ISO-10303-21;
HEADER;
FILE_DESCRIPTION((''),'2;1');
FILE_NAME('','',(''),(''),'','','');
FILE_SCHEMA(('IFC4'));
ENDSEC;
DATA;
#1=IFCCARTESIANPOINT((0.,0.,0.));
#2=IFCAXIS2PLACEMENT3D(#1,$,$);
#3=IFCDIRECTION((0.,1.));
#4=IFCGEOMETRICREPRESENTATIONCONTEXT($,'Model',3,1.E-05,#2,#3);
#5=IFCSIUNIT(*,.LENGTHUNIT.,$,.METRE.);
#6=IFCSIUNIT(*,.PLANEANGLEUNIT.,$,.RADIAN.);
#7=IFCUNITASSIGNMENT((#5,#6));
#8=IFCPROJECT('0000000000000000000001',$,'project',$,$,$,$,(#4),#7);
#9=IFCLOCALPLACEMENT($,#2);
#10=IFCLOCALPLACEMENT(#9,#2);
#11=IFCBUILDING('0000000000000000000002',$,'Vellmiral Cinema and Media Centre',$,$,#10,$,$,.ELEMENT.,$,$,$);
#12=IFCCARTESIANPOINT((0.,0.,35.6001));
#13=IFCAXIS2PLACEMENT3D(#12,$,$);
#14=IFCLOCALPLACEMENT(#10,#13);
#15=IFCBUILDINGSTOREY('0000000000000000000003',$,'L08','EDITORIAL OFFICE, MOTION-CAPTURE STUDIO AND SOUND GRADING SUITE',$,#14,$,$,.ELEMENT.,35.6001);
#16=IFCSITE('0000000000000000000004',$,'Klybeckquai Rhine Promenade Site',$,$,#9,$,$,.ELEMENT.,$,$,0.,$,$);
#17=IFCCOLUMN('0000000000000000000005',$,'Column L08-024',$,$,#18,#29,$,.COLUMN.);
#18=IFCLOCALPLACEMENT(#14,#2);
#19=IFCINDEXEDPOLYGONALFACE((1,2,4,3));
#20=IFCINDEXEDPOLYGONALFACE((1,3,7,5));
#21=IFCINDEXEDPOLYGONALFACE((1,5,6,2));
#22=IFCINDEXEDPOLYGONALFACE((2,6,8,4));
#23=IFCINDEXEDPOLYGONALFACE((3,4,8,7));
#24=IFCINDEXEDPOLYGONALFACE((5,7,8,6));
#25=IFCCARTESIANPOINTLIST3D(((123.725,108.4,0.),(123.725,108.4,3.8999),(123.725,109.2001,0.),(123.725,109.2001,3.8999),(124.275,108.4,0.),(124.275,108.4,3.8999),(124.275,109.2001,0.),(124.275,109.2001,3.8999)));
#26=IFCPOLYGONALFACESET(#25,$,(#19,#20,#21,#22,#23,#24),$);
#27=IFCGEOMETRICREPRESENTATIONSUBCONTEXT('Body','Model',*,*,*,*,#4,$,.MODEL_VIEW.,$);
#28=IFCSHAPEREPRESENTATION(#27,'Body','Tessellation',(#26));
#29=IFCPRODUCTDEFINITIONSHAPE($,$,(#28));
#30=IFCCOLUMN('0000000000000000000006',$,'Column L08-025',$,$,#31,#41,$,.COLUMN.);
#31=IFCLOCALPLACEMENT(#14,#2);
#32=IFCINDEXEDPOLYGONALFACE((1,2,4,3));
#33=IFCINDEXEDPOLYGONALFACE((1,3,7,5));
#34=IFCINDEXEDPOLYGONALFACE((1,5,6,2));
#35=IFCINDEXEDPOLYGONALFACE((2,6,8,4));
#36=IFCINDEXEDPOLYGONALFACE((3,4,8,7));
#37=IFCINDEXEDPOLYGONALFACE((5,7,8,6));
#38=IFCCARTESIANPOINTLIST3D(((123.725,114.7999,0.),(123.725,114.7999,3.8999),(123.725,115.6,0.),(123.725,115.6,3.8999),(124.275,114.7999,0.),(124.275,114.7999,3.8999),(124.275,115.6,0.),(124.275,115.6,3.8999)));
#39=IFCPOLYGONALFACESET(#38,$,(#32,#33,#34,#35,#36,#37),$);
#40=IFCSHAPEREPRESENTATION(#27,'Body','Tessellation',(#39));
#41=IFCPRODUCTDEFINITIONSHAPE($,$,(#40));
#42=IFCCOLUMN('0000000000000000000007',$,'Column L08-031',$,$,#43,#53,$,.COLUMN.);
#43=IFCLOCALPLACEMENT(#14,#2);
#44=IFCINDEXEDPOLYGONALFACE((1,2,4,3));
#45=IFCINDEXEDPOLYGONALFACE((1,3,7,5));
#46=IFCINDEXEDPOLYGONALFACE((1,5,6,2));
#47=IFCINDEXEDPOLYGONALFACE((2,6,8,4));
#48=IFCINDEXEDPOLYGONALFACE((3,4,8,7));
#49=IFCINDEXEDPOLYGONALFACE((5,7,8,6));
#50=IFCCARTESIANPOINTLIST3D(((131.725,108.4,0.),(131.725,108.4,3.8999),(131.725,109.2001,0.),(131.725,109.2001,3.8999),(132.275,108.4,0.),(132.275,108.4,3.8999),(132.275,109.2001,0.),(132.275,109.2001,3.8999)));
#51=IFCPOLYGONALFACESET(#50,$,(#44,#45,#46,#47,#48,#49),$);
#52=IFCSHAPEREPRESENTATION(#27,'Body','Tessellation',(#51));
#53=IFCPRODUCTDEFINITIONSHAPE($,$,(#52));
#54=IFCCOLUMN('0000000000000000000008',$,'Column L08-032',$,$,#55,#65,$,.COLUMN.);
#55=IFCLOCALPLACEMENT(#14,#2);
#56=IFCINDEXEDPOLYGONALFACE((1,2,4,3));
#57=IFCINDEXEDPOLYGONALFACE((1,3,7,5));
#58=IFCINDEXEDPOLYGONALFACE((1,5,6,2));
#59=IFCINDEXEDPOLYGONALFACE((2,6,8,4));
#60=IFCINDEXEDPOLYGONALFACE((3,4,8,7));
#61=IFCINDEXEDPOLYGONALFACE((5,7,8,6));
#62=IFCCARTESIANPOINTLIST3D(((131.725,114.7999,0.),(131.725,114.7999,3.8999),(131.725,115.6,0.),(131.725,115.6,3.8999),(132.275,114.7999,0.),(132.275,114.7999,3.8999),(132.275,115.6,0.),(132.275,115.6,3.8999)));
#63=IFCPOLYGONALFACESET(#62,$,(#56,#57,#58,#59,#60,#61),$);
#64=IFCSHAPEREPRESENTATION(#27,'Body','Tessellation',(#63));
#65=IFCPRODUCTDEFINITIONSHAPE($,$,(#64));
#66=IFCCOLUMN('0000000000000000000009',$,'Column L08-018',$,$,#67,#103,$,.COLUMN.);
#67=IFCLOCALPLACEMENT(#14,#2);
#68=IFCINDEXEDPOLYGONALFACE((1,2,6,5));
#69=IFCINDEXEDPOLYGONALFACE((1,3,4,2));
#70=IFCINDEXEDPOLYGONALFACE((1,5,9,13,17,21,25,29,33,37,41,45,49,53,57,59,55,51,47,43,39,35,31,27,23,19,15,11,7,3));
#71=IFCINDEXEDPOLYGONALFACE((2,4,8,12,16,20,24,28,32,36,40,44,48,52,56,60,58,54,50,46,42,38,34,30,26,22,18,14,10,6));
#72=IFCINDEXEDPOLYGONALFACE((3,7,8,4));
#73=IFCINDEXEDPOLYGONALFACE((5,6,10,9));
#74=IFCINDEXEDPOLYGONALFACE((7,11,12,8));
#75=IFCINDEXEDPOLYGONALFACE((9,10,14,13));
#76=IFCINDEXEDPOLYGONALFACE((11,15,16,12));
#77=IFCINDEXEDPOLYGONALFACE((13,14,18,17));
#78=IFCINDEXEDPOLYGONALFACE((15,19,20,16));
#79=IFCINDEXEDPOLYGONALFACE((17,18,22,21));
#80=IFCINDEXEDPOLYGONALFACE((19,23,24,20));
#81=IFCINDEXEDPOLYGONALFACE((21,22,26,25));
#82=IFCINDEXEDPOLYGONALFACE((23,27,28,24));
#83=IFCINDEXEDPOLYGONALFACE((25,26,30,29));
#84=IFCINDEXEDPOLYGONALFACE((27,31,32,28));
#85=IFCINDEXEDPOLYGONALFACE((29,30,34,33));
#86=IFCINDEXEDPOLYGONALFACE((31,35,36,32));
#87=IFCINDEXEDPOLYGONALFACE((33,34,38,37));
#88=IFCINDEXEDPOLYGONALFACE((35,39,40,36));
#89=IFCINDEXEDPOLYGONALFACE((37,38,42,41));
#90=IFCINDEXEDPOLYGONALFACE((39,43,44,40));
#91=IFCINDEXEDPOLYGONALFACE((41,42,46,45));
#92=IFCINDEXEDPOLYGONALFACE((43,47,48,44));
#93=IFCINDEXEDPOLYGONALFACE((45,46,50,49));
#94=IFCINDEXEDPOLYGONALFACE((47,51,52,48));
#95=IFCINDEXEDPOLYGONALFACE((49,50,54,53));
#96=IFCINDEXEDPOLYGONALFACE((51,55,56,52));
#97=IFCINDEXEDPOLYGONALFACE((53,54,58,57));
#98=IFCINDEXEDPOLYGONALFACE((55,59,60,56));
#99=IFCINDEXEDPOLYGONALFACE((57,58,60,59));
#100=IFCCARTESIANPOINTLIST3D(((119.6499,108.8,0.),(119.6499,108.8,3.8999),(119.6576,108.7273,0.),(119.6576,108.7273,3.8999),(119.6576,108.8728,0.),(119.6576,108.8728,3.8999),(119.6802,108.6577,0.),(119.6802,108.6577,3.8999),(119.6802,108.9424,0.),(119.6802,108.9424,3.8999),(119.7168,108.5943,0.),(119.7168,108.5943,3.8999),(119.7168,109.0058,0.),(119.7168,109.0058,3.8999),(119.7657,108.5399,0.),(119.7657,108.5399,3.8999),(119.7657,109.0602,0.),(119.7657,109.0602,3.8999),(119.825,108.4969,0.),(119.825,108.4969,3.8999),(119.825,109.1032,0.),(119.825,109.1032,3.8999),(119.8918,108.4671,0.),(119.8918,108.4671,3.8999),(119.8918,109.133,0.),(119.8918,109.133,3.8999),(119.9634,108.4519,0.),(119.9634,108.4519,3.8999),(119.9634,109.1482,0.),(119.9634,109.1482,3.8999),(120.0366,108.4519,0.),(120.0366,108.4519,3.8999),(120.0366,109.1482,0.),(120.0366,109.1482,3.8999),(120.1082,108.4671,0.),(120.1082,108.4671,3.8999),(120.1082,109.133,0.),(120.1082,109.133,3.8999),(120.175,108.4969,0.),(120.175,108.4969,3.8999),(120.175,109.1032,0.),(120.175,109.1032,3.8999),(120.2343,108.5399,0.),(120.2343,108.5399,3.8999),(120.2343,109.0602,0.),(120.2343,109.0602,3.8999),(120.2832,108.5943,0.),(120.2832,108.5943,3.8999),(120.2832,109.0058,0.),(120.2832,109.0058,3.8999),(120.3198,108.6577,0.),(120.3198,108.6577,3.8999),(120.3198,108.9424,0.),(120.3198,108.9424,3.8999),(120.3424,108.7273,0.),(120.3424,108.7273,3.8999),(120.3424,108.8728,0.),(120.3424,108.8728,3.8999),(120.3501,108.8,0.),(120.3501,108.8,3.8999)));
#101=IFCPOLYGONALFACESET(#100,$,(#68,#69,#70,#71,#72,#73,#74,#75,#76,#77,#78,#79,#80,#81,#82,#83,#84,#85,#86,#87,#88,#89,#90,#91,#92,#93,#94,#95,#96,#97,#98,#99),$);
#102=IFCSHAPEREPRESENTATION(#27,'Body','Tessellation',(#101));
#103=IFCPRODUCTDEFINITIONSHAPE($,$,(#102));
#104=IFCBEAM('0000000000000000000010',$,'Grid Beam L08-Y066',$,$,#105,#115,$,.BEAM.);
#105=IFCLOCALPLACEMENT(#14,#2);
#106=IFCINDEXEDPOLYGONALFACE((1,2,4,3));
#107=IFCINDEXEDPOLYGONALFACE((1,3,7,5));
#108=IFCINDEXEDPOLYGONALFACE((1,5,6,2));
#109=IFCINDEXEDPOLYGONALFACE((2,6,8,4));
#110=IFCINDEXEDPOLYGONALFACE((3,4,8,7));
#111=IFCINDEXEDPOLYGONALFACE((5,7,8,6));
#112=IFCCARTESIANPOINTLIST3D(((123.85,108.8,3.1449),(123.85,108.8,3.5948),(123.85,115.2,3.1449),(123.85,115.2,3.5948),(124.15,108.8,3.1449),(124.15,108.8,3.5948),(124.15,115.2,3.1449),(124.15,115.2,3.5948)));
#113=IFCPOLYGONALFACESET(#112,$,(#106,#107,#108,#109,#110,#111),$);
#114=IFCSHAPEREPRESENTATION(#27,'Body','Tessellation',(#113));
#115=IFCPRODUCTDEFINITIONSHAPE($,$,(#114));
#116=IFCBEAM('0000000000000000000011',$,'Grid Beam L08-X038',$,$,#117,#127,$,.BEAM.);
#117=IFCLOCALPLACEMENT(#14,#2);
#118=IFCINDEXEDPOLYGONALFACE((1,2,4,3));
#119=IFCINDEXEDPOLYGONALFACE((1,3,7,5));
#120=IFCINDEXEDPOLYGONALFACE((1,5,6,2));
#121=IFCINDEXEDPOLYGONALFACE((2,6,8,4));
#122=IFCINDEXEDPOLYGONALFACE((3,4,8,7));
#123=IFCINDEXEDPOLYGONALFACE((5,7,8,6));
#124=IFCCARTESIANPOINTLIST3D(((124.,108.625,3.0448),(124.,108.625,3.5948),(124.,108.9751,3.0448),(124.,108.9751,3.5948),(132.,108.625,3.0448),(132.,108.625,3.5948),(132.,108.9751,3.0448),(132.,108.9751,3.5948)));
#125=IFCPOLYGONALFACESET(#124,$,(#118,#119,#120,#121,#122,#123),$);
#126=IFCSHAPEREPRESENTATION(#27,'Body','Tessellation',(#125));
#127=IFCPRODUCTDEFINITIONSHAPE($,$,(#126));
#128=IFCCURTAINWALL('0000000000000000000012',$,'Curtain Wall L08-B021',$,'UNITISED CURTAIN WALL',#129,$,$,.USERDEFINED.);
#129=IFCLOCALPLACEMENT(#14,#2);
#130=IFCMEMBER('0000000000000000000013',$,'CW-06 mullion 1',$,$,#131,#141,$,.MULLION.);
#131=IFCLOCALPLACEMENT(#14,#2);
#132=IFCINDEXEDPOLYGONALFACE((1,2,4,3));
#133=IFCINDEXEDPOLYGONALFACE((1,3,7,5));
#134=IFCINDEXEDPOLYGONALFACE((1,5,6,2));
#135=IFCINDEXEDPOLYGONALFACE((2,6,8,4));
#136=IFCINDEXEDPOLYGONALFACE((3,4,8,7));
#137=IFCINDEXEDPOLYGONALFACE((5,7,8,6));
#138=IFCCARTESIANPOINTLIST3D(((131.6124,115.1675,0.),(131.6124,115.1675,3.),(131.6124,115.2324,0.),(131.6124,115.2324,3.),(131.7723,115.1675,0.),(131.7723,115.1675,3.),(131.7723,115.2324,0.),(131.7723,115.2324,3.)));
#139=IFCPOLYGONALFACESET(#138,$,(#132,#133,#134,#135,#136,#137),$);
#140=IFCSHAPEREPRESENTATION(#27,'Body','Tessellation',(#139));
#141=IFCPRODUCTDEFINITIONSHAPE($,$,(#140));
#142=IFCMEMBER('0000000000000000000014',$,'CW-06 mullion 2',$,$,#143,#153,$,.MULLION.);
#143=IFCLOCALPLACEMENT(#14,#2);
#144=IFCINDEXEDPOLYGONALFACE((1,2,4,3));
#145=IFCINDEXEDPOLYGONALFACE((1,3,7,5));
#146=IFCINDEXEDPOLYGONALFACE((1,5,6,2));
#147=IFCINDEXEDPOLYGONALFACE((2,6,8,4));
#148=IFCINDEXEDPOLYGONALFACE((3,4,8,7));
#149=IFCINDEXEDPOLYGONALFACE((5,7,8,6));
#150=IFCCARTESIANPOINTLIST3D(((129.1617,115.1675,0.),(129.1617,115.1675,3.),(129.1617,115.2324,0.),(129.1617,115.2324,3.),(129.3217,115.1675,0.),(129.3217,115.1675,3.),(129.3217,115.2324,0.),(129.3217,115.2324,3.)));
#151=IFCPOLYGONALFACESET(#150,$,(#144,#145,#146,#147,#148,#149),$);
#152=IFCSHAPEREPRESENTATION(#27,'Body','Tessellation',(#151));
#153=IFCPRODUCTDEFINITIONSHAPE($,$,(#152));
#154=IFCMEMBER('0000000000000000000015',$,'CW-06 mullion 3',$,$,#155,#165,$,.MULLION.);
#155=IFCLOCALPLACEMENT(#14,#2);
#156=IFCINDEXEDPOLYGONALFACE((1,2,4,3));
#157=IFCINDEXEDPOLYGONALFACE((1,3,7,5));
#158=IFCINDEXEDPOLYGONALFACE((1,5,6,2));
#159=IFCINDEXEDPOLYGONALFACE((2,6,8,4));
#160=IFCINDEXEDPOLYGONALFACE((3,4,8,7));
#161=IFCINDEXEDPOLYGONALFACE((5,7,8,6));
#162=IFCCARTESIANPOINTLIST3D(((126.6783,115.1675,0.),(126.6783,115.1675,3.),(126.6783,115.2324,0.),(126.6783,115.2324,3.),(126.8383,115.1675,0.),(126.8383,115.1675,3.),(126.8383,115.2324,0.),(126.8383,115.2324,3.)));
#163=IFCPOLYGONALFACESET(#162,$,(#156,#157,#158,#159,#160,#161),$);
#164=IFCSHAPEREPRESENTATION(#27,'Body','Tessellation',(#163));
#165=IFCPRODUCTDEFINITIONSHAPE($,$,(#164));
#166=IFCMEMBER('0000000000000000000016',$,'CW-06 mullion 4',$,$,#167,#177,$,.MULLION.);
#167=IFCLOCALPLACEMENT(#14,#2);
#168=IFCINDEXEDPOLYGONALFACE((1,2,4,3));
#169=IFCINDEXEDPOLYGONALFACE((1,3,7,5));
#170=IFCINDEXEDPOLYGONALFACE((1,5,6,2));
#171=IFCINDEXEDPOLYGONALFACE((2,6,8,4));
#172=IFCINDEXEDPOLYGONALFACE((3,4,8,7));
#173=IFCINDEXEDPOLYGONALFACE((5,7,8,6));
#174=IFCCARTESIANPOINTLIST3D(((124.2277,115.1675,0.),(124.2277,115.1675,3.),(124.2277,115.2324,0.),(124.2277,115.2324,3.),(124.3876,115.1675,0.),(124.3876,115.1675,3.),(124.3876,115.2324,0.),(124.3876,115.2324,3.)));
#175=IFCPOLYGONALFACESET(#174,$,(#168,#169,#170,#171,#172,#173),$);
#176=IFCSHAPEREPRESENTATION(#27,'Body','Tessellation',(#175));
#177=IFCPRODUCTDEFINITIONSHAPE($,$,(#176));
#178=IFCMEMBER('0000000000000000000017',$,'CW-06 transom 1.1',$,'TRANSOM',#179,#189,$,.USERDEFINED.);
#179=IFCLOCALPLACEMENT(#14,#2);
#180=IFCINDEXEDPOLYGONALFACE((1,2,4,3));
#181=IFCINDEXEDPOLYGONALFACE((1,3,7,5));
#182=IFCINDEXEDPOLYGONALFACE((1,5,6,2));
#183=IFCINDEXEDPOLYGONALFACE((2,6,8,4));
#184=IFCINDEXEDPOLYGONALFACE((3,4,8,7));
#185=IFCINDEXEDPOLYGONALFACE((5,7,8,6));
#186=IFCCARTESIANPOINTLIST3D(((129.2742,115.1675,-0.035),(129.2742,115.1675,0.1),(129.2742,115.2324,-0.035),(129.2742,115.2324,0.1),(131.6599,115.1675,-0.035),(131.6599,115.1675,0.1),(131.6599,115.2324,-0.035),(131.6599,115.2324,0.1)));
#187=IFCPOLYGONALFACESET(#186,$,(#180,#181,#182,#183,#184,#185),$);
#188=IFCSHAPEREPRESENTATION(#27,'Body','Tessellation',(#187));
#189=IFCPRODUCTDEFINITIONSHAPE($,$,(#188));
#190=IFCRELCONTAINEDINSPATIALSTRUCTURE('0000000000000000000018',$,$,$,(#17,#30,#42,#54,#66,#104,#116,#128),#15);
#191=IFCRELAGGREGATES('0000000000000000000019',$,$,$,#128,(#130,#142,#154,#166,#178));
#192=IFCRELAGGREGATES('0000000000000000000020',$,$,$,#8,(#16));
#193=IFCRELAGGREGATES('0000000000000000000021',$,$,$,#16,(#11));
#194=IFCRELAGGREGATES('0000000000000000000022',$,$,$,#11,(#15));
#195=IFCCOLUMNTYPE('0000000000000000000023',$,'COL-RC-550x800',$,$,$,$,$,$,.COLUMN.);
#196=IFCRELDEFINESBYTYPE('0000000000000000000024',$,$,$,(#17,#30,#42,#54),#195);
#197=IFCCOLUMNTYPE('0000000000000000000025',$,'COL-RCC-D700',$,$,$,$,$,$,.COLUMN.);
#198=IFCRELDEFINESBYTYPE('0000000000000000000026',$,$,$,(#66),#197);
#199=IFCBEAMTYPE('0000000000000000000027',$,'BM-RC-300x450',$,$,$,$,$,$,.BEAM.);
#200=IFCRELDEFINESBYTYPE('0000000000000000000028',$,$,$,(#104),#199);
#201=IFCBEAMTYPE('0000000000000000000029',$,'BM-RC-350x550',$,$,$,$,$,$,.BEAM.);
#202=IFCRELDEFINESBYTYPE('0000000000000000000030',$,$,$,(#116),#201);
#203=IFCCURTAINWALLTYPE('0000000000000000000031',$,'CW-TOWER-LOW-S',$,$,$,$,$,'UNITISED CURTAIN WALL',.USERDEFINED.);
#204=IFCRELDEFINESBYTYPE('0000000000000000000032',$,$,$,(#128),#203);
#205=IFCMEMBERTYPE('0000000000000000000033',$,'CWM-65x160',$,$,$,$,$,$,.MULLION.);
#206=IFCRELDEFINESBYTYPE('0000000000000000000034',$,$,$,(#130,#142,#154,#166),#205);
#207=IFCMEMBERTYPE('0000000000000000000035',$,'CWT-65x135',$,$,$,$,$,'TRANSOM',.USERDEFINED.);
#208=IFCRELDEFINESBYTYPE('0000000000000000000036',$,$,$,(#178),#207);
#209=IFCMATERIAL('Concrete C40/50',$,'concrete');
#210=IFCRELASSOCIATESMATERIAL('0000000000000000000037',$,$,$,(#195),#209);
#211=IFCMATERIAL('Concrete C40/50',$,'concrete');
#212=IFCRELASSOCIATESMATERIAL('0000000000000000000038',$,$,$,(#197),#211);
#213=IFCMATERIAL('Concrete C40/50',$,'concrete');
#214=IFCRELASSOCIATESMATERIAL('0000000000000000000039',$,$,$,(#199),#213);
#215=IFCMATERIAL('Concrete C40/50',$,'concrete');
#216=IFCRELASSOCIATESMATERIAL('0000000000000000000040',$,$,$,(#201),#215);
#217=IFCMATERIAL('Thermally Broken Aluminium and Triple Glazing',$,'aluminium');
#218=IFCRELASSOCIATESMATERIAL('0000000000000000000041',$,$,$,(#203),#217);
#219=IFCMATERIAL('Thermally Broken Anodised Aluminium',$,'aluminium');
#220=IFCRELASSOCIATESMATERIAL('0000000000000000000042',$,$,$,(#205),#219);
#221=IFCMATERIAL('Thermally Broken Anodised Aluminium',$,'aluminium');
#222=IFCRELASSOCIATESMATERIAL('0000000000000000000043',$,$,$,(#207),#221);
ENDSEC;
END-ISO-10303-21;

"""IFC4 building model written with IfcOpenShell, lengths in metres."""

from ifc_helpers import new_model, si_unit, direction, frame, origin, origin_2d, place, context, subcontext, project, spatial, rectangle, circle, extrude, material, material_profile, profile_set, type_object, element, aggregate, save


model = new_model("IFC4")

# Units and contexts
model_context = context("Model", 3, precision=1e-05, world=origin(), true_north=direction((0.0, 1.0)))
body_context = subcontext(model_context, "Body", "Model", "MODEL_VIEW")
ifc_project = project(units=[si_unit("LENGTHUNIT", "METRE"), si_unit("PLANEANGLEUNIT", "RADIAN")], contexts=[model_context])

# Site, building, storey
site_placement = place(None, origin())
site = spatial("IfcSite", under=ifc_project, at=site_placement, Name="Klybeckquai Rhine Promenade Site", CompositionType="ELEMENT", RefElevation=0.0)
building_placement = place(site_placement, origin())
building = spatial("IfcBuilding", under=site, at=building_placement, Name="Vellmiral Cinema and Media Centre", CompositionType="ELEMENT")
storey_placement = place(building_placement, frame((0.0, 0.0, 35.6001)))
storey = spatial("IfcBuildingStorey", under=building, at=storey_placement, Name="L08", Description="EDITORIAL OFFICE, MOTION-CAPTURE STUDIO AND SOUND GRADING SUITE", CompositionType="ELEMENT", Elevation=35.6001)

# Columns
ifc_material_1 = material(Name="Concrete C40/50", Category="concrete")
ifc_material_profile_1 = material_profile(ifc_material_1, rectangle(XDim=0.55, YDim=0.8, at=origin_2d()), Name="RC 550x800")
ifc_profile_set_1 = profile_set([ifc_material_profile_1], Name="Concrete C40/50")
column_type_1 = type_object("IfcColumnType", Name="COL-RC-550x800", PredefinedType="COLUMN", material=ifc_profile_set_1)
for number, where, z_axis, x_axis, name in (
    (1, (124.0, 108.8, 0.0), (0.0, 0.0, 1.0), (1.0, 0.0, 0.0), "Column L08-024"),
    (2, (124.0, 115.2, 0.0), (0.0, 0.0, 1.0), (1.0, 0.0, 0.0), "Column L08-025"),
    (3, (132.0, 108.8, 0.0), (0.0, 0.0, 1.0), (1.0, 0.0, 0.0), "Column L08-031"),
    (4, (132.0, 115.2, 0.0), (0.0, 0.0, 1.0), (1.0, 0.0, 0.0), "Column L08-032"),
):
    element("IfcColumn", number, at=place(storey_placement, frame(where, z_axis=z_axis, x_axis=x_axis)), inside=storey, type_object=column_type_1, Name=name, PredefinedType="COLUMN", context=body_context, shape_type="SweptSolid", body=[
        extrude(rectangle(XDim=0.55, YDim=0.8, at=origin_2d()), origin(), (0.0, 0.0, 1.0), 3.8999),
    ])
ifc_material_2 = material(Name="Concrete C40/50", Category="concrete")
ifc_material_profile_2 = material_profile(ifc_material_2, circle(Radius=0.3501, at=origin_2d()), Name="RC D700")
ifc_profile_set_2 = profile_set([ifc_material_profile_2], Name="Concrete C40/50")
column_type_2 = type_object("IfcColumnType", Name="COL-RCC-D700", PredefinedType="COLUMN", material=ifc_profile_set_2)
column_placement = place(storey_placement, frame((120.0, 108.8, 0.0), z_axis=(0.0, 0.0, 1.0), x_axis=(1.0, 0.0, 0.0)))
element("IfcColumn", 5, at=column_placement, inside=storey, type_object=column_type_2, Name="Column L08-018", PredefinedType="COLUMN", context=body_context, shape_type="SweptSolid", body=[
    extrude(circle(Radius=0.3501, at=origin_2d()), origin(), (0.0, 0.0, 1.0), 3.8999),
])

# Beams
ifc_material_3 = material(Name="Concrete C40/50", Category="concrete")
ifc_material_profile_3 = material_profile(ifc_material_3, rectangle(XDim=0.3, YDim=0.45, at=origin_2d()), Name="RC 300x450")
ifc_profile_set_3 = profile_set([ifc_material_profile_3], Name="Concrete C40/50")
beam_type_1 = type_object("IfcBeamType", Name="BM-RC-300x450", PredefinedType="BEAM", material=ifc_profile_set_3)
beam_1_placement = place(storey_placement, frame((124.0, 108.8, 3.3699), z_axis=(0.0, 1.0, 0.0), x_axis=(-1.0, 0.0, 0.0)))
element("IfcBeam", 6, at=beam_1_placement, inside=storey, type_object=beam_type_1, Name="Grid Beam L08-Y066", PredefinedType="BEAM", context=body_context, shape_type="SweptSolid", body=[
    extrude(rectangle(XDim=0.3, YDim=0.45, at=origin_2d()), origin(), (0.0, 0.0, 1.0), 6.3999),
])
ifc_material_4 = material(Name="Concrete C40/50", Category="concrete")
ifc_material_profile_4 = material_profile(ifc_material_4, rectangle(XDim=0.3501, YDim=0.55, at=origin_2d()), Name="RC 350x550")
ifc_profile_set_4 = profile_set([ifc_material_profile_4], Name="Concrete C40/50")
beam_type_2 = type_object("IfcBeamType", Name="BM-RC-350x550", PredefinedType="BEAM", material=ifc_profile_set_4)
beam_2_placement = place(storey_placement, frame((124.0, 108.8, 3.3198), z_axis=(1.0, 0.0, 0.0), x_axis=(0.0, 1.0, 0.0)))
element("IfcBeam", 7, at=beam_2_placement, inside=storey, type_object=beam_type_2, Name="Grid Beam L08-X038", PredefinedType="BEAM", context=body_context, shape_type="SweptSolid", body=[
    extrude(rectangle(XDim=0.3501, YDim=0.55, at=origin_2d()), origin(), (0.0, 0.0, 1.0), 8.0),
])

# Curtain wall, members
ifc_material_5 = material(Name="Thermally Broken Aluminium and Triple Glazing", Category="aluminium")
curtain_wall_type = type_object("IfcCurtainWallType", Name="CW-TOWER-LOW-S", ElementType="UNITISED CURTAIN WALL", PredefinedType="USERDEFINED", material=ifc_material_5)
curtain_wall_placement = place(storey_placement, origin())
curtain_wall = element("IfcCurtainWall", 8, at=curtain_wall_placement, inside=storey, type_object=curtain_wall_type, Name="Curtain Wall L08-B021", ObjectType="UNITISED CURTAIN WALL", PredefinedType="USERDEFINED")
ifc_material_6 = material(Name="Thermally Broken Anodised Aluminium", Category="aluminium")
ifc_material_profile_5 = material_profile(ifc_material_6, rectangle(XDim=0.0649, YDim=0.1599, at=origin_2d()), Name="MULL 65x160")
ifc_profile_set_5 = profile_set([ifc_material_profile_5], Name="Thermally Broken Anodised Aluminium")
member_type_1 = type_object("IfcMemberType", Name="CWM-65x160", PredefinedType="MULLION", material=ifc_profile_set_5)
member_1_placement = place(storey_placement, frame((131.6924, 115.2, 0.0), z_axis=(0.0, 0.0, 1.0), x_axis=(0.0, -1.0, 0.0)))
member_1 = element("IfcMember", 9, at=member_1_placement, type_object=member_type_1, Name="CW-06 mullion 1", PredefinedType="MULLION", context=body_context, shape_type="SweptSolid", body=[
    extrude(rectangle(XDim=0.0649, YDim=0.1599, at=origin_2d()), origin(), (0.0, 0.0, 1.0), 3.0),
])
member_2_placement = place(storey_placement, frame((129.2417, 115.2, 0.0), z_axis=(0.0, 0.0, 1.0), x_axis=(0.0, -1.0, 0.0)))
member_2 = element("IfcMember", 10, at=member_2_placement, type_object=member_type_1, Name="CW-06 mullion 2", PredefinedType="MULLION", context=body_context, shape_type="SweptSolid", body=[
    extrude(rectangle(XDim=0.0649, YDim=0.1599, at=origin_2d()), origin(), (0.0, 0.0, 1.0), 3.0),
])
member_3_placement = place(storey_placement, frame((126.7583, 115.2, 0.0), z_axis=(0.0, 0.0, 1.0), x_axis=(0.0, -1.0, 0.0)))
member_3 = element("IfcMember", 11, at=member_3_placement, type_object=member_type_1, Name="CW-06 mullion 3", PredefinedType="MULLION", context=body_context, shape_type="SweptSolid", body=[
    extrude(rectangle(XDim=0.0649, YDim=0.1599, at=origin_2d()), origin(), (0.0, 0.0, 1.0), 3.0),
])
member_4_placement = place(storey_placement, frame((124.3076, 115.2, 0.0), z_axis=(0.0, 0.0, 1.0), x_axis=(0.0, -1.0, 0.0)))
member_4 = element("IfcMember", 12, at=member_4_placement, type_object=member_type_1, Name="CW-06 mullion 4", PredefinedType="MULLION", context=body_context, shape_type="SweptSolid", body=[
    extrude(rectangle(XDim=0.0649, YDim=0.1599, at=origin_2d()), origin(), (0.0, 0.0, 1.0), 3.0),
])
ifc_material_7 = material(Name="Thermally Broken Anodised Aluminium", Category="aluminium")
ifc_material_profile_6 = material_profile(ifc_material_7, rectangle(XDim=0.0649, YDim=0.135, at=origin_2d()), Name="MULL 65x135")
ifc_profile_set_6 = profile_set([ifc_material_profile_6], Name="Thermally Broken Anodised Aluminium")
member_type_2 = type_object("IfcMemberType", Name="CWT-65x135", ElementType="TRANSOM", PredefinedType="USERDEFINED", material=ifc_profile_set_6)
member_5_placement = place(storey_placement, frame((131.6599, 115.2, 0.0325), z_axis=(-1.0, 0.0, 0.0), x_axis=(0.0, -1.0, 0.0)))
member_5 = element("IfcMember", 13, at=member_5_placement, type_object=member_type_2, Name="CW-06 transom 1.1", ObjectType="TRANSOM", PredefinedType="USERDEFINED", context=body_context, shape_type="SweptSolid", body=[
    extrude(rectangle(XDim=0.0649, YDim=0.135, at=origin_2d()), origin(), (0.0, 0.0, 1.0), 2.3857),
])

aggregate(curtain_wall, [member_1, member_2, member_3, member_4, member_5])

save(model, "model.ifc")
